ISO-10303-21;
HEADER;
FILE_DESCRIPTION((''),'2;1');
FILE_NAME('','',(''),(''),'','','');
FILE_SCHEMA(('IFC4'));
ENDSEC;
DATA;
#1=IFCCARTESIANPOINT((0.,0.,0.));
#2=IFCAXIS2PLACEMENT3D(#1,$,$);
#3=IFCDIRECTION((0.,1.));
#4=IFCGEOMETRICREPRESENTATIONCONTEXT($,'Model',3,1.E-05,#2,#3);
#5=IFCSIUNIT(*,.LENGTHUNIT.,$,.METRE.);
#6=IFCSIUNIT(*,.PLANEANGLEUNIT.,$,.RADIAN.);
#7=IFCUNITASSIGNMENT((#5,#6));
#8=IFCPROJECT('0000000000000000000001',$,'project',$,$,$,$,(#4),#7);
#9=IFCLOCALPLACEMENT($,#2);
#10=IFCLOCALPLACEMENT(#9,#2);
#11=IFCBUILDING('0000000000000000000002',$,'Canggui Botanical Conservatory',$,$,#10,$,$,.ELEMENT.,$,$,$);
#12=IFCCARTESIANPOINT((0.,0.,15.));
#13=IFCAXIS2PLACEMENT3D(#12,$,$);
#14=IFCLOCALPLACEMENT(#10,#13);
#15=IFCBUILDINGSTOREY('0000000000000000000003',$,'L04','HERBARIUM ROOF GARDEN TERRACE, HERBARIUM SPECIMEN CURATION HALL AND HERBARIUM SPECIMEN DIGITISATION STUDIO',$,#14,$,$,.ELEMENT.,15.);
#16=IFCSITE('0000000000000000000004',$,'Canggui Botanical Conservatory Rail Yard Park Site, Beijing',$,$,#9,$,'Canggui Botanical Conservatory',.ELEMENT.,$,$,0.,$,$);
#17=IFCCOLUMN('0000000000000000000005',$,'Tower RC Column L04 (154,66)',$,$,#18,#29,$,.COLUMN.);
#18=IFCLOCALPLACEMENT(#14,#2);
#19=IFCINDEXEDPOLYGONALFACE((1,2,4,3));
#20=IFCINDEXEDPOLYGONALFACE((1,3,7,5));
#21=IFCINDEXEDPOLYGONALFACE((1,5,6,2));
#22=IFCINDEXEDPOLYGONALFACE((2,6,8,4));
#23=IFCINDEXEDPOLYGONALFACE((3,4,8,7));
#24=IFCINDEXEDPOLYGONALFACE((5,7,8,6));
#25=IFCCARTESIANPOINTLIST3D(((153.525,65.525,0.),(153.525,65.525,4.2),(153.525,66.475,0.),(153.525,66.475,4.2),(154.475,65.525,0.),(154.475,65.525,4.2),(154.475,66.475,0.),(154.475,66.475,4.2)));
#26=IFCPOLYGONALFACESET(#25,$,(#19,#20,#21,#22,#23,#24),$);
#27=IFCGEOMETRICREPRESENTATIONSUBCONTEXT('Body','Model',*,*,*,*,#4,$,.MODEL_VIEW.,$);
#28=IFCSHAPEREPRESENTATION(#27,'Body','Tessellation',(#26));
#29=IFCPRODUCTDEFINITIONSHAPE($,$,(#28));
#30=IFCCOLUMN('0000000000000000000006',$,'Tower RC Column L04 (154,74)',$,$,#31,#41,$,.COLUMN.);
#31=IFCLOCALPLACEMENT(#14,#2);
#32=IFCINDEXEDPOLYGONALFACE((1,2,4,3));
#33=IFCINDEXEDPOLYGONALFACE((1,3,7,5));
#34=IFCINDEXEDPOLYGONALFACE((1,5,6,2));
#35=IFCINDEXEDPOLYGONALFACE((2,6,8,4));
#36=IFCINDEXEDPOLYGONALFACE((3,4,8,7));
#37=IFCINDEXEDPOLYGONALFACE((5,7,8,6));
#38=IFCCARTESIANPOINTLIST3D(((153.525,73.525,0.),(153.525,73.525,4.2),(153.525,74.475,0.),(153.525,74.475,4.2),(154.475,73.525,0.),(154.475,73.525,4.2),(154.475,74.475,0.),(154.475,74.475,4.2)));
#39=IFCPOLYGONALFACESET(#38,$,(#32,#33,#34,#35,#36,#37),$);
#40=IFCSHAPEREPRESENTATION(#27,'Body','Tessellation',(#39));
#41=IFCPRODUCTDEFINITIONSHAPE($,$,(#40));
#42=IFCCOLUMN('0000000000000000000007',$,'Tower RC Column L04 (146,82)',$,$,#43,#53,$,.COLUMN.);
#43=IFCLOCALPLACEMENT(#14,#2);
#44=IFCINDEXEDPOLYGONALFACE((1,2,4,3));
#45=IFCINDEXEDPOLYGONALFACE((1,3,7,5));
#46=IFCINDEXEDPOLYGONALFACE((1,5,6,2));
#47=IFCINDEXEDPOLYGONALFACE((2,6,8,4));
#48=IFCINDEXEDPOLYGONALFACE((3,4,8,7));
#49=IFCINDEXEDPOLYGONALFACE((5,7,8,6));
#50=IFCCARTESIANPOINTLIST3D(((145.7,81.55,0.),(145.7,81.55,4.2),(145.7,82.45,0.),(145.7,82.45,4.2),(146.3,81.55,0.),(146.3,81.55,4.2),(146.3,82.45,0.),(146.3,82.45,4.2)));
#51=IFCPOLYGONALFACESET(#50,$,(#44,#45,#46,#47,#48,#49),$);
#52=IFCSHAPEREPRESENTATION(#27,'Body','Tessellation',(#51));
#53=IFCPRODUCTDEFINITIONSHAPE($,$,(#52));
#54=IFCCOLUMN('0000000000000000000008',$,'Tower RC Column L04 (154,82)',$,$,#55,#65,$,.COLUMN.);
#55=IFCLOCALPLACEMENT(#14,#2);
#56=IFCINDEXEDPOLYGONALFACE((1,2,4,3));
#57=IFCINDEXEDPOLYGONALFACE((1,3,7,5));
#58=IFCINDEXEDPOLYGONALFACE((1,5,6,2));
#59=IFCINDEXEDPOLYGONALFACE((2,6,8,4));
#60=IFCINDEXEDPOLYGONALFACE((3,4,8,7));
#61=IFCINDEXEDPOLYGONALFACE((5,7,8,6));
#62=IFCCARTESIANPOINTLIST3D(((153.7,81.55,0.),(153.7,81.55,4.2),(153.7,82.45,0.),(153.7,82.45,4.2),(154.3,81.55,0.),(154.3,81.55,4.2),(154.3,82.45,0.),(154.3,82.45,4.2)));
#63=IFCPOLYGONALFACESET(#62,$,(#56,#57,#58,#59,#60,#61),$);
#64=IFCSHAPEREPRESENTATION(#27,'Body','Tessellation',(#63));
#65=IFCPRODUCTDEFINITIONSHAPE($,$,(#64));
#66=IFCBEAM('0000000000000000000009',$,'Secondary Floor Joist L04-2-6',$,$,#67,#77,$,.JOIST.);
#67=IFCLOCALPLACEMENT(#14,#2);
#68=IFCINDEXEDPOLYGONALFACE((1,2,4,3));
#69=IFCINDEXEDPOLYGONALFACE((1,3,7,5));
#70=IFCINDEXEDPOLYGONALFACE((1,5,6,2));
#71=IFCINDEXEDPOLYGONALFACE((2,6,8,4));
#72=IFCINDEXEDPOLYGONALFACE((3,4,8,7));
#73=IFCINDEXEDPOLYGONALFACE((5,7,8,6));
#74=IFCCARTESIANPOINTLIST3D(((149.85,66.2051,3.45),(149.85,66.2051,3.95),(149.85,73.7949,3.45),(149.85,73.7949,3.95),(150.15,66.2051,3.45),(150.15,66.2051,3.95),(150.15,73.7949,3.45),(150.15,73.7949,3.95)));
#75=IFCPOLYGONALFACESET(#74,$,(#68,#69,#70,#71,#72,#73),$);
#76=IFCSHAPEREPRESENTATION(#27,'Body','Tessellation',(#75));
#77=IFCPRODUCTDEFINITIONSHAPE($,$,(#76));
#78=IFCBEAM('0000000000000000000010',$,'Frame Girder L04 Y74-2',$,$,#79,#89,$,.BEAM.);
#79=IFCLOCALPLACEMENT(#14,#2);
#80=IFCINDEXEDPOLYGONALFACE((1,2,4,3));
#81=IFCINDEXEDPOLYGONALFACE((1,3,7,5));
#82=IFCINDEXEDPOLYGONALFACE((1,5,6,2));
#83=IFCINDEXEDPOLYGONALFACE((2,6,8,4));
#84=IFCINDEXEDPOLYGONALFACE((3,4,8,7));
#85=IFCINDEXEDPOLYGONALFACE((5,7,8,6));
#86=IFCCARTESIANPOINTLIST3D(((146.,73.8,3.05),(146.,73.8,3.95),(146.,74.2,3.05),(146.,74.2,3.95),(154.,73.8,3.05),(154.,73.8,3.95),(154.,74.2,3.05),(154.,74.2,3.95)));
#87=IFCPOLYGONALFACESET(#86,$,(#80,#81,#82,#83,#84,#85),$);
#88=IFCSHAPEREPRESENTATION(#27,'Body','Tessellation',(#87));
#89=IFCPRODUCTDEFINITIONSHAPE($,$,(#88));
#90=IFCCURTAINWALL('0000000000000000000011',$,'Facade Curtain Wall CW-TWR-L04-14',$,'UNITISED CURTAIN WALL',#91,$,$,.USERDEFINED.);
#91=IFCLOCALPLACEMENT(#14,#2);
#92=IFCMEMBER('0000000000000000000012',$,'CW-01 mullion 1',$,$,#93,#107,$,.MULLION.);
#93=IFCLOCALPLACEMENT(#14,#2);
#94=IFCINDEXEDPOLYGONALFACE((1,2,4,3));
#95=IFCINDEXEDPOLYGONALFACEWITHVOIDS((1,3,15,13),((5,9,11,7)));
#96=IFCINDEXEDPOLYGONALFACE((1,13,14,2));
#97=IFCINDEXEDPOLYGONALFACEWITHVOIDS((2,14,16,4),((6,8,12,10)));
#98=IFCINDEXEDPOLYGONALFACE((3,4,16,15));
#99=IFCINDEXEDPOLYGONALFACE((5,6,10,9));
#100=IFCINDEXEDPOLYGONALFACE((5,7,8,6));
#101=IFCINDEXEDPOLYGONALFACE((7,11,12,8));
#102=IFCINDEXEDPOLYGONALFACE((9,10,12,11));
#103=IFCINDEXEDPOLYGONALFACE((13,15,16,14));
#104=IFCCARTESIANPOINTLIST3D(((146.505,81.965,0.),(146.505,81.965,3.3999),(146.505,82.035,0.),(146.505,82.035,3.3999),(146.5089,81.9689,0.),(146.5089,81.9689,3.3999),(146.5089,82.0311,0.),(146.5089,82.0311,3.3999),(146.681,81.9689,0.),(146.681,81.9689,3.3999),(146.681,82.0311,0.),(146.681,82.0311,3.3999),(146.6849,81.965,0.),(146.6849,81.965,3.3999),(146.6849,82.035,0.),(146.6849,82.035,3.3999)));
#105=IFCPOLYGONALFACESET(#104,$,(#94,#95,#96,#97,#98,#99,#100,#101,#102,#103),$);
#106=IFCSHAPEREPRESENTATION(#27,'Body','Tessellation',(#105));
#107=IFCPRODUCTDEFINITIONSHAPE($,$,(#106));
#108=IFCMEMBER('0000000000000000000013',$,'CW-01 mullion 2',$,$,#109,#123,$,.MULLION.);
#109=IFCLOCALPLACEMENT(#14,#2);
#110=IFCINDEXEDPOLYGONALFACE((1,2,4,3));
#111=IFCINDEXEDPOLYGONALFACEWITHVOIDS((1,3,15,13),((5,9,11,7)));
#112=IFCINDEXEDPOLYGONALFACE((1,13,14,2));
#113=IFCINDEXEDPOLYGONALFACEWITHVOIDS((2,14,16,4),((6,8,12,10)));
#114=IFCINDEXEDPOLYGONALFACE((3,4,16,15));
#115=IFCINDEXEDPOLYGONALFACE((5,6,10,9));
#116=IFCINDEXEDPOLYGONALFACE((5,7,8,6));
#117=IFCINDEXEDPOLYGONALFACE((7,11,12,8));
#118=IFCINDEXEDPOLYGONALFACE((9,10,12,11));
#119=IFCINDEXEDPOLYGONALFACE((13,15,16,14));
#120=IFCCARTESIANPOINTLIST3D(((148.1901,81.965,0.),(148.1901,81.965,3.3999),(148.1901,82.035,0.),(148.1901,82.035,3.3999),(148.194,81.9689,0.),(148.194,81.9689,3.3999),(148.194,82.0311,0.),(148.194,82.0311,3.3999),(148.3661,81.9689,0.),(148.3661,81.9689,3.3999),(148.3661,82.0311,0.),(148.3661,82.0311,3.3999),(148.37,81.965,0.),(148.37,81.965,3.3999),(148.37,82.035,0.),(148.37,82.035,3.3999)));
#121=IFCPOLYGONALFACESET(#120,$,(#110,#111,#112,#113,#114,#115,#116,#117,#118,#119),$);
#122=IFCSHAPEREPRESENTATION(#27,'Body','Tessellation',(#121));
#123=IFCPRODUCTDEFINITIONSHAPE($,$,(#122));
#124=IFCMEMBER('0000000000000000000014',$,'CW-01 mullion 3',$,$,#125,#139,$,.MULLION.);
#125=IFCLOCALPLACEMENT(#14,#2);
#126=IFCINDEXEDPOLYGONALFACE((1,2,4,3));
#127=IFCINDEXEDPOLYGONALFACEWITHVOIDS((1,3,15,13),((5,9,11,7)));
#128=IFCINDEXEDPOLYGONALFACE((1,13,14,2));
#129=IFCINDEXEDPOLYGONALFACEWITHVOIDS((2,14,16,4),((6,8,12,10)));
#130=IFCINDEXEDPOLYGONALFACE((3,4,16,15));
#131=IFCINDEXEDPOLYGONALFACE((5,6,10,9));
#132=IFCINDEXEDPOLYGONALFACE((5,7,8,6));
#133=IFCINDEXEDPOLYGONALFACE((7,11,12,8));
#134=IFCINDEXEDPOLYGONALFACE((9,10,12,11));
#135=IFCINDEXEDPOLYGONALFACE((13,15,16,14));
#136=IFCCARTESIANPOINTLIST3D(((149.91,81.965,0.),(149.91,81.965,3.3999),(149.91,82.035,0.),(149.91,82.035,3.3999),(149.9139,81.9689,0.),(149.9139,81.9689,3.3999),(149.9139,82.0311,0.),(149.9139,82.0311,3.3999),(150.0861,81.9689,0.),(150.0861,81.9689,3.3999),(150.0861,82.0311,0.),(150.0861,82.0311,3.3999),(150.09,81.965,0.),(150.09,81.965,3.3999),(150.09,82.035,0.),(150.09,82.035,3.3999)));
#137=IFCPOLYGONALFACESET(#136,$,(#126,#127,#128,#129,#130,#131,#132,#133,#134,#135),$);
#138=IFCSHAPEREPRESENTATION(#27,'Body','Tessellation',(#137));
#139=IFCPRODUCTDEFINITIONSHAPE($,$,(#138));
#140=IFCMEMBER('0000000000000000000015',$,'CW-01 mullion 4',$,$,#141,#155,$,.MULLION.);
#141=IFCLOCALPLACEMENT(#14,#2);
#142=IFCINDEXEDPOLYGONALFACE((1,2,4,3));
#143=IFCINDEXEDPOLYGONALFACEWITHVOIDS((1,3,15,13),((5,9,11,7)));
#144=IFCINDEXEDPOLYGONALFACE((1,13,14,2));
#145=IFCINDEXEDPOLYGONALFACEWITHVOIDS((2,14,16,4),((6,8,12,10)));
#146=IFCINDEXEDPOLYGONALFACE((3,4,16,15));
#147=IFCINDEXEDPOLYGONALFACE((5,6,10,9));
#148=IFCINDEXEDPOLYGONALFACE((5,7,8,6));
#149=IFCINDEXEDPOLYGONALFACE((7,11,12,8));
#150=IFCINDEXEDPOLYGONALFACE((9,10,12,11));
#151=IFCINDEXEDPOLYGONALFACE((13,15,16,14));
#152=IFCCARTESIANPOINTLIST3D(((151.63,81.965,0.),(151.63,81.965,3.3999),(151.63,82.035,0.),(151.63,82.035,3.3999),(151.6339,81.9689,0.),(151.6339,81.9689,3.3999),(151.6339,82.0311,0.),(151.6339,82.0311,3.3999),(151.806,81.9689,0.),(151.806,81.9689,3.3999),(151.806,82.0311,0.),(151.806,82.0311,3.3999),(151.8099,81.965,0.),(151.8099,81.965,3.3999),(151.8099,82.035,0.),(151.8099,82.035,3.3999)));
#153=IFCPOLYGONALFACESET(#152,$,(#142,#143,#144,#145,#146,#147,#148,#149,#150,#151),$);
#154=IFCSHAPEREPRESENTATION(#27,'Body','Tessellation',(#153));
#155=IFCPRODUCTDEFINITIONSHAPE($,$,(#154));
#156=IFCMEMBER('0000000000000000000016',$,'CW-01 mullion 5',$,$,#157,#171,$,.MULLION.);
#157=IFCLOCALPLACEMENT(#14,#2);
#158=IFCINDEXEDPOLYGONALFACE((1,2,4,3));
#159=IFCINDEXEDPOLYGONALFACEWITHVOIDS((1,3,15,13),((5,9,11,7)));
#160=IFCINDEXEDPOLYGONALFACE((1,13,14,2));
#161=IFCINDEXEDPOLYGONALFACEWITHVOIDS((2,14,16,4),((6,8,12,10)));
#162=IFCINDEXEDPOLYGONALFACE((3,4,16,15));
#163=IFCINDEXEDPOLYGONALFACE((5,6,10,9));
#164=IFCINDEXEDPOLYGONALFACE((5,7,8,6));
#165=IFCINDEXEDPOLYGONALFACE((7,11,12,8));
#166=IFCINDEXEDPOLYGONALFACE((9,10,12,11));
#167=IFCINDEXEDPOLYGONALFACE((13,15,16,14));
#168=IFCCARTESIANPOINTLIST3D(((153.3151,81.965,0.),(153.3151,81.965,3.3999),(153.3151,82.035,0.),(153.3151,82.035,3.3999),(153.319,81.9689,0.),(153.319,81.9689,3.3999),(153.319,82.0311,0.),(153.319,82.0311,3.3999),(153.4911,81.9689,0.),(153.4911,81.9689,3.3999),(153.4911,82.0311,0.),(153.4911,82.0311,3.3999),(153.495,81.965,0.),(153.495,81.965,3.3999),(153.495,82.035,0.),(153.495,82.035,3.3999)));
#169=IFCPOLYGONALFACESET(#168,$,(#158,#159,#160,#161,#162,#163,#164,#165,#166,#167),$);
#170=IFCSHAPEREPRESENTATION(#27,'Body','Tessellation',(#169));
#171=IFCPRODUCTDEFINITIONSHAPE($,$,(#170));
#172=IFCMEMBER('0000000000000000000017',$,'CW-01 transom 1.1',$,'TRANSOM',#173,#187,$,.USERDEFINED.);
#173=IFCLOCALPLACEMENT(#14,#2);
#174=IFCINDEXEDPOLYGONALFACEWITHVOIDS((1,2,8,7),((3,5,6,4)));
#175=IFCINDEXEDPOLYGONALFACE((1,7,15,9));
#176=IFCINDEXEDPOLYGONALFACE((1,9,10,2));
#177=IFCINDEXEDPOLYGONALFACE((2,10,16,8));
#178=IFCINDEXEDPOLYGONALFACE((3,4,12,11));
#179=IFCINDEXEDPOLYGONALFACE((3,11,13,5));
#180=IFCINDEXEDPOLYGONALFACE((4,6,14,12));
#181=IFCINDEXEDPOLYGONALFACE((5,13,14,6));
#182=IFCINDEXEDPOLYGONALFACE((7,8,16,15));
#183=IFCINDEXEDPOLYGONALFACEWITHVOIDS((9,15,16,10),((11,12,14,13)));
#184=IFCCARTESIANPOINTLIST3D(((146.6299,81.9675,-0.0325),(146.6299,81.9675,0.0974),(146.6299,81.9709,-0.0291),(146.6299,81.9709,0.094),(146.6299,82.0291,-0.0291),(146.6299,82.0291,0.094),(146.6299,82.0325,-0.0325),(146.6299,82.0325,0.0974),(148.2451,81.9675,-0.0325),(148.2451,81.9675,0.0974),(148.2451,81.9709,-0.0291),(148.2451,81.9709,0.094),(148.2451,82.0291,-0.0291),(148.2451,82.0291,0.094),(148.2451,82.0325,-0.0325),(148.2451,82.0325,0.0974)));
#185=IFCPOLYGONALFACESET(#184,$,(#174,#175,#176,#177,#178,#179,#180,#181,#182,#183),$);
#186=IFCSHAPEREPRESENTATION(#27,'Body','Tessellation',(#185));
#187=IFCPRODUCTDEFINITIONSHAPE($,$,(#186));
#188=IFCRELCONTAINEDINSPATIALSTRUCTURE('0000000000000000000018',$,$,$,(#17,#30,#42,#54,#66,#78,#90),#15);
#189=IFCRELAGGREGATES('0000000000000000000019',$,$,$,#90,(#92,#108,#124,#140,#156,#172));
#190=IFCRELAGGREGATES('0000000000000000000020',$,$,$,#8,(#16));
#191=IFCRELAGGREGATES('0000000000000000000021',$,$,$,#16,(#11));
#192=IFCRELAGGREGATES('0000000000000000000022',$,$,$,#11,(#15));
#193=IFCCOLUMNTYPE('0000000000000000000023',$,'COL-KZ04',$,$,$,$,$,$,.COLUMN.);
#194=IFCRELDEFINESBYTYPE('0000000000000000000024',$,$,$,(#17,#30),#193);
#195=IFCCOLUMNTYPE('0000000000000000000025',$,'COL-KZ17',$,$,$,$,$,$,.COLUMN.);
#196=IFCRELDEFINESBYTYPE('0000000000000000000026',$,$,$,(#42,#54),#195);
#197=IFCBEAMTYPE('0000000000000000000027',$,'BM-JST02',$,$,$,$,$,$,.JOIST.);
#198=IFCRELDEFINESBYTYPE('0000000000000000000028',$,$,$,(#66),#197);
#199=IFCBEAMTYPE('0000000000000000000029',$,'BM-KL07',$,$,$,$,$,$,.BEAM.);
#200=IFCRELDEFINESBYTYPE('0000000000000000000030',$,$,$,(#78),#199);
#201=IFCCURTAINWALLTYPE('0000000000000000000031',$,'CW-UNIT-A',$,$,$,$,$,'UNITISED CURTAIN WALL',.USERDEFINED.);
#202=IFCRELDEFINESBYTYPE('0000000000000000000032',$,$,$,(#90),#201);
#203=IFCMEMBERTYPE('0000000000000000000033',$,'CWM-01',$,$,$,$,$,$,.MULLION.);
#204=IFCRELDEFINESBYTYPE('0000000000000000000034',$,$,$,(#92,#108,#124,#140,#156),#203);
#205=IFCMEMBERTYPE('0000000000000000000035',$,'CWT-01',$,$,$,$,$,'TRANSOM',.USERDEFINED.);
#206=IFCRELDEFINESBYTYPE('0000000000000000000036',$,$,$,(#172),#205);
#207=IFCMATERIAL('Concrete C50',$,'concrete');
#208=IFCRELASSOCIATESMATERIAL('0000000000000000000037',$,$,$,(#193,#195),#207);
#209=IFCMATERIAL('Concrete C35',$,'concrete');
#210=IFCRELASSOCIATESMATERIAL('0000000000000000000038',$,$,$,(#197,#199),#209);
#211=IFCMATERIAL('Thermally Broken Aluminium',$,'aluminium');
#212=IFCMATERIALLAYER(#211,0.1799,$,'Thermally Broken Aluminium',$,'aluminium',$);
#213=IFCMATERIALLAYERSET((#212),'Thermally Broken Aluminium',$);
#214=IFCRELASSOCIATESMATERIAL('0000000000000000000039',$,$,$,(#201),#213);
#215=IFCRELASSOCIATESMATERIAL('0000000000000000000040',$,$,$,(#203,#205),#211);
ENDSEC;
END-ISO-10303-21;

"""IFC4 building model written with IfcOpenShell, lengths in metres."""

from ifc_helpers import new_model, si_unit, direction, frame, origin, origin_2d, place, context, subcontext, project, spatial, rectangle, hollow_rectangle, extrude, material, layer, layer_set, material_profile, profile_set, type_object, element, aggregate, save


model = new_model("IFC4")

# Units and contexts
model_context = context("Model", 3, precision=1e-05, world=origin(), true_north=direction((0.0, 1.0)))
body_context = subcontext(model_context, "Body", "Model", "MODEL_VIEW")
ifc_project = project(units=[si_unit("LENGTHUNIT", "METRE"), si_unit("PLANEANGLEUNIT", "RADIAN")], contexts=[model_context])

# Site, building, storey
site_placement = place(None, origin())
site = spatial("IfcSite", under=ifc_project, at=site_placement, Name="Canggui Botanical Conservatory Rail Yard Park Site, Beijing", LongName="Canggui Botanical Conservatory", CompositionType="ELEMENT", RefElevation=0.0)
building_placement = place(site_placement, origin())
building = spatial("IfcBuilding", under=site, at=building_placement, Name="Canggui Botanical Conservatory", CompositionType="ELEMENT")
storey_placement = place(building_placement, frame((0.0, 0.0, 15.0)))
storey = spatial("IfcBuildingStorey", under=building, at=storey_placement, Name="L04", Description="HERBARIUM ROOF GARDEN TERRACE, HERBARIUM SPECIMEN CURATION HALL AND HERBARIUM SPECIMEN DIGITISATION STUDIO", CompositionType="ELEMENT", Elevation=15.0)

# Columns
ifc_material_1 = material(Name="Concrete C50", Category="concrete")
ifc_material_profile_1 = material_profile(ifc_material_1, rectangle(XDim=0.95, YDim=0.95, at=origin_2d()), Name="RC 950x950")
ifc_profile_set_1 = profile_set([ifc_material_profile_1], Name="Concrete C50")
column_type_1 = type_object("IfcColumnType", Name="COL-KZ04", PredefinedType="COLUMN", material=ifc_profile_set_1)
for number, where, z_axis, x_axis, name in (
    (1, (154.0, 66.0, 0.0), (0.0, 0.0, 1.0), (1.0, 0.0, 0.0), "Tower RC Column L04 (154,66)"),
    (2, (154.0, 74.0, 0.0), (0.0, 0.0, 1.0), (1.0, 0.0, 0.0), "Tower RC Column L04 (154,74)"),
):
    element("IfcColumn", number, at=place(storey_placement, frame(where, z_axis=z_axis, x_axis=x_axis)), inside=storey, type_object=column_type_1, Name=name, PredefinedType="COLUMN", context=body_context, shape_type="SweptSolid", body=[
        extrude(rectangle(XDim=0.95, YDim=0.95, at=origin_2d()), origin(), (0.0, 0.0, 1.0), 4.2),
    ])
ifc_material_profile_2 = material_profile(ifc_material_1, rectangle(XDim=0.6001, YDim=0.8999, at=origin_2d()), Name="RC 600x900")
ifc_profile_set_2 = profile_set([ifc_material_profile_2], Name="Concrete C50")
column_type_2 = type_object("IfcColumnType", Name="COL-KZ17", PredefinedType="COLUMN", material=ifc_profile_set_2)
for number, where, z_axis, x_axis, name in (
    (3, (146.0, 82.0, 0.0), (0.0, 0.0, 1.0), (1.0, 0.0, 0.0), "Tower RC Column L04 (146,82)"),
    (4, (154.0, 82.0, 0.0), (0.0, 0.0, 1.0), (1.0, 0.0, 0.0), "Tower RC Column L04 (154,82)"),
):
    element("IfcColumn", number, at=place(storey_placement, frame(where, z_axis=z_axis, x_axis=x_axis)), inside=storey, type_object=column_type_2, Name=name, PredefinedType="COLUMN", context=body_context, shape_type="SweptSolid", body=[
        extrude(rectangle(XDim=0.6001, YDim=0.8999, at=origin_2d()), origin(), (0.0, 0.0, 1.0), 4.2),
    ])

# Beams
ifc_material_2 = material(Name="Concrete C35", Category="concrete")
ifc_material_profile_3 = material_profile(ifc_material_2, rectangle(XDim=0.3, YDim=0.5, at=origin_2d()), Name="RB 300x500")
ifc_profile_set_3 = profile_set([ifc_material_profile_3], Name="Concrete C35")
beam_type_1 = type_object("IfcBeamType", Name="BM-JST02", PredefinedType="JOIST", material=ifc_profile_set_3)
beam_1_placement = place(storey_placement, frame((150.0, 66.2051, 3.7), z_axis=(0.0, 1.0, 0.0), x_axis=(-1.0, 0.0, 0.0)))
element("IfcBeam", 5, at=beam_1_placement, inside=storey, type_object=beam_type_1, Name="Secondary Floor Joist L04-2-6", PredefinedType="JOIST", context=body_context, shape_type="SweptSolid", body=[
    extrude(rectangle(XDim=0.3, YDim=0.5, at=origin_2d()), origin(), (0.0, 0.0, 1.0), 7.5898),
])
ifc_material_profile_4 = material_profile(ifc_material_2, rectangle(XDim=0.3999, YDim=0.8999, at=origin_2d()), Name="RB 400x900")
ifc_profile_set_4 = profile_set([ifc_material_profile_4], Name="Concrete C35")
beam_type_2 = type_object("IfcBeamType", Name="BM-KL07", PredefinedType="BEAM", material=ifc_profile_set_4)
beam_2_placement = place(storey_placement, frame((146.0, 74.0, 3.5), z_axis=(1.0, 0.0, 0.0), x_axis=(0.0, 1.0, 0.0)))
element("IfcBeam", 6, at=beam_2_placement, inside=storey, type_object=beam_type_2, Name="Frame Girder L04 Y74-2", PredefinedType="BEAM", context=body_context, shape_type="SweptSolid", body=[
    extrude(rectangle(XDim=0.3999, YDim=0.8999, at=origin_2d()), origin(), (0.0, 0.0, 1.0), 8.0),
])

# Curtain wall, members
ifc_material_3 = material(Name="Thermally Broken Aluminium", Category="aluminium")
ifc_layer_1 = layer(ifc_material_3, 0.1799, Name="Thermally Broken Aluminium", Category="aluminium")
ifc_layer_set_1 = layer_set([ifc_layer_1], Name="Thermally Broken Aluminium")
curtain_wall_type = type_object("IfcCurtainWallType", Name="CW-UNIT-A", ElementType="UNITISED CURTAIN WALL", PredefinedType="USERDEFINED", material=ifc_layer_set_1)
curtain_wall_placement = place(storey_placement, origin())
curtain_wall = element("IfcCurtainWall", 7, at=curtain_wall_placement, inside=storey, type_object=curtain_wall_type, Name="Facade Curtain Wall CW-TWR-L04-14", ObjectType="UNITISED CURTAIN WALL", PredefinedType="USERDEFINED")
ifc_material_profile_5 = material_profile(ifc_material_3, hollow_rectangle(XDim=0.0701, YDim=0.1799, WallThickness=0.0039, at=origin_2d()), Name="CWM 70x180x4")
ifc_profile_set_5 = profile_set([ifc_material_profile_5], Name="Thermally Broken Aluminium")
member_type_1 = type_object("IfcMemberType", Name="CWM-01", PredefinedType="MULLION", material=ifc_profile_set_5)
member_1_placement = place(storey_placement, frame((146.595, 82.0, 0.0), z_axis=(0.0, 0.0, 1.0), x_axis=(0.0, 1.0, 0.0)))
member_1 = element("IfcMember", 8, at=member_1_placement, type_object=member_type_1, Name="CW-01 mullion 1", PredefinedType="MULLION", context=body_context, shape_type="SweptSolid", body=[
    extrude(hollow_rectangle(XDim=0.0701, YDim=0.1799, WallThickness=0.0039, at=origin_2d()), origin(), (0.0, 0.0, 1.0), 3.3999),
])
member_2_placement = place(storey_placement, frame((148.28, 82.0, 0.0), z_axis=(0.0, 0.0, 1.0), x_axis=(0.0, 1.0, 0.0)))
member_2 = element("IfcMember", 9, at=member_2_placement, type_object=member_type_1, Name="CW-01 mullion 2", PredefinedType="MULLION", context=body_context, shape_type="SweptSolid", body=[
    extrude(hollow_rectangle(XDim=0.0701, YDim=0.1799, WallThickness=0.0039, at=origin_2d()), origin(), (0.0, 0.0, 1.0), 3.3999),
])
member_3_placement = place(storey_placement, frame((150.0, 82.0, 0.0), z_axis=(0.0, 0.0, 1.0), x_axis=(0.0, 1.0, 0.0)))
member_3 = element("IfcMember", 10, at=member_3_placement, type_object=member_type_1, Name="CW-01 mullion 3", PredefinedType="MULLION", context=body_context, shape_type="SweptSolid", body=[
    extrude(hollow_rectangle(XDim=0.0701, YDim=0.1799, WallThickness=0.0039, at=origin_2d()), origin(), (0.0, 0.0, 1.0), 3.3999),
])
member_4_placement = place(storey_placement, frame((151.72, 82.0, 0.0), z_axis=(0.0, 0.0, 1.0), x_axis=(0.0, 1.0, 0.0)))
member_4 = element("IfcMember", 11, at=member_4_placement, type_object=member_type_1, Name="CW-01 mullion 4", PredefinedType="MULLION", context=body_context, shape_type="SweptSolid", body=[
    extrude(hollow_rectangle(XDim=0.0701, YDim=0.1799, WallThickness=0.0039, at=origin_2d()), origin(), (0.0, 0.0, 1.0), 3.3999),
])
member_5_placement = place(storey_placement, frame((153.405, 82.0, 0.0), z_axis=(0.0, 0.0, 1.0), x_axis=(0.0, 1.0, 0.0)))
member_5 = element("IfcMember", 12, at=member_5_placement, type_object=member_type_1, Name="CW-01 mullion 5", PredefinedType="MULLION", context=body_context, shape_type="SweptSolid", body=[
    extrude(hollow_rectangle(XDim=0.0701, YDim=0.1799, WallThickness=0.0039, at=origin_2d()), origin(), (0.0, 0.0, 1.0), 3.3999),
])
ifc_material_profile_6 = material_profile(ifc_material_3, hollow_rectangle(XDim=0.0649, YDim=0.1299, WallThickness=0.0034, at=origin_2d()), Name="CWT 65x130x3.5")
ifc_profile_set_6 = profile_set([ifc_material_profile_6], Name="Thermally Broken Aluminium")
member_type_2 = type_object("IfcMemberType", Name="CWT-01", ElementType="TRANSOM", PredefinedType="USERDEFINED", material=ifc_profile_set_6)
member_6_placement = place(storey_placement, frame((146.6299, 82.0, 0.0325), z_axis=(1.0, 0.0, 0.0), x_axis=(0.0, 1.0, 0.0)))
member_6 = element("IfcMember", 13, at=member_6_placement, type_object=member_type_2, Name="CW-01 transom 1.1", ObjectType="TRANSOM", PredefinedType="USERDEFINED", context=body_context, shape_type="SweptSolid", body=[
    extrude(hollow_rectangle(XDim=0.0649, YDim=0.1299, WallThickness=0.0034, at=origin_2d()), origin(), (0.0, 0.0, 1.0), 1.6152),
])
aggregate(curtain_wall, [member_1, member_2, member_3, member_4, member_5, member_6])

save(model, "model.ifc")
